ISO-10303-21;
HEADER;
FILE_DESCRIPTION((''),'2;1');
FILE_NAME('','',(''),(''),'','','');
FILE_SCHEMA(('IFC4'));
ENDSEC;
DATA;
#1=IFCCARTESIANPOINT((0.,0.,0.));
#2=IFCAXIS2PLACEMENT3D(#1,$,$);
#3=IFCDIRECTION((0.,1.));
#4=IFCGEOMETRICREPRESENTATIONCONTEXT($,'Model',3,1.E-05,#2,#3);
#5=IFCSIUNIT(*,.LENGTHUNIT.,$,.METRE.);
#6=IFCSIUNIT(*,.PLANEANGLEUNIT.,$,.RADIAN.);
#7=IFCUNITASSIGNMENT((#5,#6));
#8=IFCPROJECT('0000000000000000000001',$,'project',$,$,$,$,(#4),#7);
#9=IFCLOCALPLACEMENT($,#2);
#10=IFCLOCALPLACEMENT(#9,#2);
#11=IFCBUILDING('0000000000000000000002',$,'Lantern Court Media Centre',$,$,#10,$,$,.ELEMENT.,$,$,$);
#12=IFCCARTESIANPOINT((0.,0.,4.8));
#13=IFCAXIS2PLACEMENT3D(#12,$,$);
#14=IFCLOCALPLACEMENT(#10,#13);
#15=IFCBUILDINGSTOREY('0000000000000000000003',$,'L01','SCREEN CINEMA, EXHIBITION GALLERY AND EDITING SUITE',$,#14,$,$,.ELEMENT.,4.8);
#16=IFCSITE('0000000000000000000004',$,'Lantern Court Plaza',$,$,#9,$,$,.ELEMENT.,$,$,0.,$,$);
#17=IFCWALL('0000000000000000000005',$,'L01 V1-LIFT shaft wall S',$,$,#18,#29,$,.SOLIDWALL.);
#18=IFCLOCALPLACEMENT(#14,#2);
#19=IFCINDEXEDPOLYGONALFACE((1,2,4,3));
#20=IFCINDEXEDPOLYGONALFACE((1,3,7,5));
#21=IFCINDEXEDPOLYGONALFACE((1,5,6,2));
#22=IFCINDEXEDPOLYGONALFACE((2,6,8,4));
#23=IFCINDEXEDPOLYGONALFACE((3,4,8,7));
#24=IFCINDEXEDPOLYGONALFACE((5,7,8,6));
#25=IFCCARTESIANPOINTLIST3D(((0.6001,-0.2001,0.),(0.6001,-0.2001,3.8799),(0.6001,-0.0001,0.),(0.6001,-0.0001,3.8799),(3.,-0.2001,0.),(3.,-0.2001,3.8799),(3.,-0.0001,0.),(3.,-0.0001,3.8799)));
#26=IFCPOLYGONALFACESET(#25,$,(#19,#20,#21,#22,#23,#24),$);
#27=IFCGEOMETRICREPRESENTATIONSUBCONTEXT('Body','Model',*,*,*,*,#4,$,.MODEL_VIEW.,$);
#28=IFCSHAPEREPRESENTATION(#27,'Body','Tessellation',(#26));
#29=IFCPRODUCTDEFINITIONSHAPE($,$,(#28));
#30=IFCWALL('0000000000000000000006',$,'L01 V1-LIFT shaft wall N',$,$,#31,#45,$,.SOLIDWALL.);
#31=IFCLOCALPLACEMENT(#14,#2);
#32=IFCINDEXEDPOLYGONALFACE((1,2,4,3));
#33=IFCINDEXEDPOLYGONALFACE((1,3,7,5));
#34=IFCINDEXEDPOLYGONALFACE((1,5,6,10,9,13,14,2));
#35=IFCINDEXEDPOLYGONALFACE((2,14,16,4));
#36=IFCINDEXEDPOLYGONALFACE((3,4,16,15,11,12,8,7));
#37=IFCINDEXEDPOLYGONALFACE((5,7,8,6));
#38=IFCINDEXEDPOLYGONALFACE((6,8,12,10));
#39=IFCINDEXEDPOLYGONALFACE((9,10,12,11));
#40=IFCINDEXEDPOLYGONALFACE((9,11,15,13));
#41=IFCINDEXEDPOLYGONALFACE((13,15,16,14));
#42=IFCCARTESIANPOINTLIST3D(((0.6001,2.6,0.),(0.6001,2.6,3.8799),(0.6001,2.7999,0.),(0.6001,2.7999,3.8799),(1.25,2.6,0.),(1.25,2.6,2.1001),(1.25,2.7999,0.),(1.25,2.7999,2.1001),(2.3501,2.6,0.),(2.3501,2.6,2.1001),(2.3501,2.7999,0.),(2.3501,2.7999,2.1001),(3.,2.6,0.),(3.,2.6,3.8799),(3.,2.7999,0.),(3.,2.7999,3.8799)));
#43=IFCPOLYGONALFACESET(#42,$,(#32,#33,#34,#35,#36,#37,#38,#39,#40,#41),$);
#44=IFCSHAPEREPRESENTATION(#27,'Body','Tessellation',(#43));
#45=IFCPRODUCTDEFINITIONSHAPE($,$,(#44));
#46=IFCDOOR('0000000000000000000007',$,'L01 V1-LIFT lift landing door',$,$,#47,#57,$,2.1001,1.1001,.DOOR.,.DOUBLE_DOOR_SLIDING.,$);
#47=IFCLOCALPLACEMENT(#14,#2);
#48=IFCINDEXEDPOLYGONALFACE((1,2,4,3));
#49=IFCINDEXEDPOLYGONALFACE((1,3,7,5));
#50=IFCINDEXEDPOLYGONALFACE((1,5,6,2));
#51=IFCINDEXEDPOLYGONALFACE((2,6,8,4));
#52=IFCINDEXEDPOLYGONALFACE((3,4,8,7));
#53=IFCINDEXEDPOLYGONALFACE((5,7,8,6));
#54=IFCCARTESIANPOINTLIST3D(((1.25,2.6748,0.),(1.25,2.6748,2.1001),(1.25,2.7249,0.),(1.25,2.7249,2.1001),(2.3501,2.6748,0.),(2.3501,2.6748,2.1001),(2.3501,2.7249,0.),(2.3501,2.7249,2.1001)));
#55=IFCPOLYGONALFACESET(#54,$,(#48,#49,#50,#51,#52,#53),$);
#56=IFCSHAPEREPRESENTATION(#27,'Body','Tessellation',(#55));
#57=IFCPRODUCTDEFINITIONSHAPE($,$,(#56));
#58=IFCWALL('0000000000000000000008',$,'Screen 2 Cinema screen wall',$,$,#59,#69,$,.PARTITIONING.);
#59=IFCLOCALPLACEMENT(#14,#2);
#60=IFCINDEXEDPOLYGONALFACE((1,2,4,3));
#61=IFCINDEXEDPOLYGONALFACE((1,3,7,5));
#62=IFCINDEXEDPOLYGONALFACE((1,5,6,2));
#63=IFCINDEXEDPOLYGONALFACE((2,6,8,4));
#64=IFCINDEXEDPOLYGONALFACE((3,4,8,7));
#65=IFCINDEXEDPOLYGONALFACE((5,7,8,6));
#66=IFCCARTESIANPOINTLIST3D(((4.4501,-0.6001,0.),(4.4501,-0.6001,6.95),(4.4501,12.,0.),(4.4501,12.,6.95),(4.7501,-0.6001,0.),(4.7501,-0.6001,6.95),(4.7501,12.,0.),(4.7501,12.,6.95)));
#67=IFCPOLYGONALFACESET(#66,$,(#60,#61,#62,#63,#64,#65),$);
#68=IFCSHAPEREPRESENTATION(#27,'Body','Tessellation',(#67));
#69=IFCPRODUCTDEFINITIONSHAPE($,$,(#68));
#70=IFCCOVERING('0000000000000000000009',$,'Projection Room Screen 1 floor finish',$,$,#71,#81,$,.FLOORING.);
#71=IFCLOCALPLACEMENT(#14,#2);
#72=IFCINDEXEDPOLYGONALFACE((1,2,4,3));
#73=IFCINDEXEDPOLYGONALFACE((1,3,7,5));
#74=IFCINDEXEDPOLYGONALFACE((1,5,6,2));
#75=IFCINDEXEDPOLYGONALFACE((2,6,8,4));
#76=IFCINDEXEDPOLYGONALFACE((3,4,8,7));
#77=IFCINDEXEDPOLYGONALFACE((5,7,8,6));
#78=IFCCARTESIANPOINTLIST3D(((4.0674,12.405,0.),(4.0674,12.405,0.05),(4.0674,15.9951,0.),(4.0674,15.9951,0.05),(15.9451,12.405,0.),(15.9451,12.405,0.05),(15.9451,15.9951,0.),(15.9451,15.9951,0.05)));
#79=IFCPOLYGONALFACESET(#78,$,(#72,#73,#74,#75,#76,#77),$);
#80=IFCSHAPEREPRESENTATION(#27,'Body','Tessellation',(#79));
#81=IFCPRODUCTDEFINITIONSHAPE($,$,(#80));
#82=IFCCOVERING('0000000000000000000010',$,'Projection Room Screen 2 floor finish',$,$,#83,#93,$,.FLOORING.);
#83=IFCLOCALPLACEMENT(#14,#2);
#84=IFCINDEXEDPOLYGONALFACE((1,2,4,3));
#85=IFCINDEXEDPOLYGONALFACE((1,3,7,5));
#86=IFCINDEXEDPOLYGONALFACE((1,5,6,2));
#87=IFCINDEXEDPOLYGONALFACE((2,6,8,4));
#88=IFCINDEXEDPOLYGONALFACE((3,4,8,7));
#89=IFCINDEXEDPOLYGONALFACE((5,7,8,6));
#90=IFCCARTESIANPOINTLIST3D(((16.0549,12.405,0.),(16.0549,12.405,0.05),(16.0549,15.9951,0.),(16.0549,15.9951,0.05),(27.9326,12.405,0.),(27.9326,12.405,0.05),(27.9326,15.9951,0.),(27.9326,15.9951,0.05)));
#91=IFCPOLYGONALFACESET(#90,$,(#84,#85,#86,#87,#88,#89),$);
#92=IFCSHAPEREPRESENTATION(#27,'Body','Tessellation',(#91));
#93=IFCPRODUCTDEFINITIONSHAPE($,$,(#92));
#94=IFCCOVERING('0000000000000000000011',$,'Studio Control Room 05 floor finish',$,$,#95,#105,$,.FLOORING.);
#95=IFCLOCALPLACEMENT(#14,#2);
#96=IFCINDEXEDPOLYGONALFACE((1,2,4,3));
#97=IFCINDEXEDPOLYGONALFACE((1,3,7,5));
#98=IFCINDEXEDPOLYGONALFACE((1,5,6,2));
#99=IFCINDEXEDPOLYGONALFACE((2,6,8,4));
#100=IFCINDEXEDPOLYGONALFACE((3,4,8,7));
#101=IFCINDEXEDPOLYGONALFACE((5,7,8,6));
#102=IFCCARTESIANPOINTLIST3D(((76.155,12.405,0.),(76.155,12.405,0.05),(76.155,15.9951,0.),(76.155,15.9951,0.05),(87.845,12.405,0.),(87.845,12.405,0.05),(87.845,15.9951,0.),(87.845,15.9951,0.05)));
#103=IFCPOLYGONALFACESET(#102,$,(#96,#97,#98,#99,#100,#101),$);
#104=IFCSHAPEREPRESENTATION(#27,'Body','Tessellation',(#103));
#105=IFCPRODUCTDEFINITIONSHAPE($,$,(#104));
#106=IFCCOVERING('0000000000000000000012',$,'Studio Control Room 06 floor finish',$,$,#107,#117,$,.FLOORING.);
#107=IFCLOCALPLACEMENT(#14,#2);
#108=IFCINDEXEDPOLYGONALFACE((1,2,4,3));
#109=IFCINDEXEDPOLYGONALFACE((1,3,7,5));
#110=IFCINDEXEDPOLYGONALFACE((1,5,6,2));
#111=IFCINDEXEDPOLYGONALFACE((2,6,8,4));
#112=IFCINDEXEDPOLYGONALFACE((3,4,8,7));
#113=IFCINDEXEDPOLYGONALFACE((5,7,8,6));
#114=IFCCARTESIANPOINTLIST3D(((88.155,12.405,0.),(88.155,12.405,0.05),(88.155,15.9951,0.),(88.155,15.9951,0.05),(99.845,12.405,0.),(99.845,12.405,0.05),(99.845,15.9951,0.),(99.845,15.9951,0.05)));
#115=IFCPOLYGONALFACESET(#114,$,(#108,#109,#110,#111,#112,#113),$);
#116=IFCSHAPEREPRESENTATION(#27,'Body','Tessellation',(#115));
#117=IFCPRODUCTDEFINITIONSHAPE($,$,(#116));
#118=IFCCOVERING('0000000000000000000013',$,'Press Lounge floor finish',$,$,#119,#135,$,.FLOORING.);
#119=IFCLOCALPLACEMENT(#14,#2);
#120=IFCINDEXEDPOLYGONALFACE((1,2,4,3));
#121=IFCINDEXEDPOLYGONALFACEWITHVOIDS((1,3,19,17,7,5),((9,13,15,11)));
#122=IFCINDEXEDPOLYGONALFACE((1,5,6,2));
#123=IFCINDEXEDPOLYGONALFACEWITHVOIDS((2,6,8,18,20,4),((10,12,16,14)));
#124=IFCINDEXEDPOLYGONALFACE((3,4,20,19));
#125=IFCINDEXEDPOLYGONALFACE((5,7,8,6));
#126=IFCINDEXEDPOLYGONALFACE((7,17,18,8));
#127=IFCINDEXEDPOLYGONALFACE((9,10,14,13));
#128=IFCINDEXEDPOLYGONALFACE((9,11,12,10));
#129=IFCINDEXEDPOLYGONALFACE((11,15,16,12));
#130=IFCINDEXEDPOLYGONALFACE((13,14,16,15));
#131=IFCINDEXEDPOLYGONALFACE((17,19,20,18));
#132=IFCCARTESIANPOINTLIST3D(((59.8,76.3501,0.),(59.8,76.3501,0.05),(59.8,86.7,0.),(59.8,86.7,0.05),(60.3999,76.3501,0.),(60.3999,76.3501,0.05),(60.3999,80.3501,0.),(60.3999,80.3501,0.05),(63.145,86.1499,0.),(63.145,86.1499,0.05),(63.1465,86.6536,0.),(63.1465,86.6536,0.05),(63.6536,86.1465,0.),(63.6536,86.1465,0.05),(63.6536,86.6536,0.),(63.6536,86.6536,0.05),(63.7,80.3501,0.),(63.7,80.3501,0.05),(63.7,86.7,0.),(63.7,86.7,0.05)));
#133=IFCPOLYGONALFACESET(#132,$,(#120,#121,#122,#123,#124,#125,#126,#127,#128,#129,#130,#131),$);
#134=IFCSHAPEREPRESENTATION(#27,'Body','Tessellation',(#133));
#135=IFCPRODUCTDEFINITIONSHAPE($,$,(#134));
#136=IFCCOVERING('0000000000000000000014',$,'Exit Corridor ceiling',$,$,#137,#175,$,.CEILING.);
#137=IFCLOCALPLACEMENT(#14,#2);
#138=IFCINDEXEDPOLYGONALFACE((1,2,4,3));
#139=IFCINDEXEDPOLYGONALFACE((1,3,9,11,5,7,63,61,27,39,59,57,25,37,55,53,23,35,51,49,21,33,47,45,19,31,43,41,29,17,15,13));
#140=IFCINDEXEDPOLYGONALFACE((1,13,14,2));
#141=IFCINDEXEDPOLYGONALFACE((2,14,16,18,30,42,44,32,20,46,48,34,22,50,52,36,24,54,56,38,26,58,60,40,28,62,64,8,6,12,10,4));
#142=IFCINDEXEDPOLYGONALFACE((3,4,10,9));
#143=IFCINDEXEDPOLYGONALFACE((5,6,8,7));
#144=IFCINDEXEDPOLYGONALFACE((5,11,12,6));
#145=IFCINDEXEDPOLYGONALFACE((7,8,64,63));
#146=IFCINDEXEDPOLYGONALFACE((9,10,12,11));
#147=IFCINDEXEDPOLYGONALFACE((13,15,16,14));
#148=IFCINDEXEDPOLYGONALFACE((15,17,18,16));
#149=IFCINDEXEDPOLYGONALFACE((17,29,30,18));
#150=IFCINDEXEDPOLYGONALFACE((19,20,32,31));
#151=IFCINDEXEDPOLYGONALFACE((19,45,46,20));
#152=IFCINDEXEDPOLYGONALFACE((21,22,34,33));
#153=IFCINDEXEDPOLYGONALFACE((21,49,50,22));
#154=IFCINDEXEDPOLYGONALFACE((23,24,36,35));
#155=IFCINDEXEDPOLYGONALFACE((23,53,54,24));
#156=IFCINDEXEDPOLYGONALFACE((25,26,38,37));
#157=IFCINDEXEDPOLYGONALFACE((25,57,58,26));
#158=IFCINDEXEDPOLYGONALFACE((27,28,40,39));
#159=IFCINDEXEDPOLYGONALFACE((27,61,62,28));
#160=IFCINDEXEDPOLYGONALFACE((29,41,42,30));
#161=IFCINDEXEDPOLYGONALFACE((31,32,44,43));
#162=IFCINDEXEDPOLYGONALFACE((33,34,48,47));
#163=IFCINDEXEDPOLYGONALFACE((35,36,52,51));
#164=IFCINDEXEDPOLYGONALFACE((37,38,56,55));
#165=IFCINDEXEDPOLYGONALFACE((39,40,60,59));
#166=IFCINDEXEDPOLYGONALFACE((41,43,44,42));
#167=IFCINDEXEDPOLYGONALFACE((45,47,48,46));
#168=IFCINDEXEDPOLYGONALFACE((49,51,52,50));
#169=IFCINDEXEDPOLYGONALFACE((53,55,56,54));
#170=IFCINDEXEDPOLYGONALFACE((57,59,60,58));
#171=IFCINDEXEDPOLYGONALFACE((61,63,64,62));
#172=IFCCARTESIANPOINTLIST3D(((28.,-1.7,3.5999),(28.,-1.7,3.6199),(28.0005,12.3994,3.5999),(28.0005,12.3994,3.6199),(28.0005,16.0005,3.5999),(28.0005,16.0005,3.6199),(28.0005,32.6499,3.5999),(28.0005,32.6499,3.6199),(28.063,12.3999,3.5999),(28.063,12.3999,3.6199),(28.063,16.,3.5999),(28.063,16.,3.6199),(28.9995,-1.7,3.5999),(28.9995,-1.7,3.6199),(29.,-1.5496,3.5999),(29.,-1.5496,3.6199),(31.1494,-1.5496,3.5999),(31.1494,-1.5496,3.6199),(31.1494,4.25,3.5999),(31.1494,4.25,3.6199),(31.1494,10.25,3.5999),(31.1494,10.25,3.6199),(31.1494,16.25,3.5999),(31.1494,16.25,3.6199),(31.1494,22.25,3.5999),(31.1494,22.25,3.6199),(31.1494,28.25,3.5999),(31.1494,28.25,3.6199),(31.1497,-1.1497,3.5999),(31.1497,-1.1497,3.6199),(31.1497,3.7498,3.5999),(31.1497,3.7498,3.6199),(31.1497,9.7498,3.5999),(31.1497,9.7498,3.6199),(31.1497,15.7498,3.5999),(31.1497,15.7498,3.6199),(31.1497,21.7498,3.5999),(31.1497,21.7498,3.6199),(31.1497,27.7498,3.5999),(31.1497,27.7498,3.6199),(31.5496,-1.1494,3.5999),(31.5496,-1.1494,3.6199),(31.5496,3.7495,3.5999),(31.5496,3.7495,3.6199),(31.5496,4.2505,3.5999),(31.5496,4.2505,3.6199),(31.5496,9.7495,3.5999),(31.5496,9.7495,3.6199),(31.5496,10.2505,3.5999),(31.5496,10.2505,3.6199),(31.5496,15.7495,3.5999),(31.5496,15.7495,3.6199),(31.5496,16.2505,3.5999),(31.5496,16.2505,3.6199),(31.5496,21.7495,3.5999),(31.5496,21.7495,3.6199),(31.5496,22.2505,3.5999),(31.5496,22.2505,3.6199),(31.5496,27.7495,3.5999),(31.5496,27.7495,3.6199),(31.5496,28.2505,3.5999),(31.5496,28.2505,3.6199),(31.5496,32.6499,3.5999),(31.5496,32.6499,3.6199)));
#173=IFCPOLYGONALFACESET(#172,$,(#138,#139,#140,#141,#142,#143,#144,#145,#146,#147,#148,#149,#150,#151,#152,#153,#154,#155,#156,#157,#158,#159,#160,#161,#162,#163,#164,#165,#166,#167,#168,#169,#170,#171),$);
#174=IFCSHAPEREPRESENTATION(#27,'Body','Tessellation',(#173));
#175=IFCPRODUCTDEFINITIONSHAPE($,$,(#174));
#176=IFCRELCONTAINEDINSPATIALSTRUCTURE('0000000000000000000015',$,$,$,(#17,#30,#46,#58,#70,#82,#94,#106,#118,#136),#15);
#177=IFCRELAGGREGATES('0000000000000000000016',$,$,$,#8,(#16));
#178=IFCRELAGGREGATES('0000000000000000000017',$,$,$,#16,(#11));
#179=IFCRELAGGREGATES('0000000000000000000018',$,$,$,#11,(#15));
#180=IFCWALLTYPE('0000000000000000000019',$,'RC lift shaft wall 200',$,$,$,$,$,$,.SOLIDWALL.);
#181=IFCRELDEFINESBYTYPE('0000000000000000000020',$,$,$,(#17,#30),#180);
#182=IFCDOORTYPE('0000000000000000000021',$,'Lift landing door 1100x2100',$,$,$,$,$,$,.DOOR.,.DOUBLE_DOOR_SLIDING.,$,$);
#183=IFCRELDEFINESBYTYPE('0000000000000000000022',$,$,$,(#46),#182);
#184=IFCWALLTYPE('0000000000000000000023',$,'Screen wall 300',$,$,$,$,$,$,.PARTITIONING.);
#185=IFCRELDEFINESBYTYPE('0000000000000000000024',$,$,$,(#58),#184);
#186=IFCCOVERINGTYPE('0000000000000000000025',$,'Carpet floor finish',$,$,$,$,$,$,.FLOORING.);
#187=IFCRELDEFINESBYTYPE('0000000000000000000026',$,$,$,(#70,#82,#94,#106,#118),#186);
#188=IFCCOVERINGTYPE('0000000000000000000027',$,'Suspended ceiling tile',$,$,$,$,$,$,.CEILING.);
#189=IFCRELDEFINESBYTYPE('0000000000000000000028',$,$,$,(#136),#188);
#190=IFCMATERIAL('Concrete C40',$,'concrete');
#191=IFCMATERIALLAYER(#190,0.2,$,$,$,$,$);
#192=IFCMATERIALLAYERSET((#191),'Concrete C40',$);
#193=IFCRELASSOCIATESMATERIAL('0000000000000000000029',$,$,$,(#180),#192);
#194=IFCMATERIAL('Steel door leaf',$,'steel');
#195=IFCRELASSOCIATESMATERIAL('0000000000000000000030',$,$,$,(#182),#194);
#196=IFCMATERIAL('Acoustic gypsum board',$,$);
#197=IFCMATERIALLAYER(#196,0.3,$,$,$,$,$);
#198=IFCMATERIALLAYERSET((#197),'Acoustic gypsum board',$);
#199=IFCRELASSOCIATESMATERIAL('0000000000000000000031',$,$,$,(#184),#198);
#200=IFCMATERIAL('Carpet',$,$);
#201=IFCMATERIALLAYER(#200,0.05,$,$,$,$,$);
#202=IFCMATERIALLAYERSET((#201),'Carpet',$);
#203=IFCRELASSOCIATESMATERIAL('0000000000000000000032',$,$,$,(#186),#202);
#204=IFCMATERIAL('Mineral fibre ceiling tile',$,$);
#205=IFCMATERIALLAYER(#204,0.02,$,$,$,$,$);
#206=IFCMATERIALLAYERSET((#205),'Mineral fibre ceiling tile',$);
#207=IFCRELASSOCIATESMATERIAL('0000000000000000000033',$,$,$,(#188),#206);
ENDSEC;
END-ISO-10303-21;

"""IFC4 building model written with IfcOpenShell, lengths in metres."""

from ifc_helpers import new_model, si_unit, direction, frame, frame_2d, origin, place, context, subcontext, project, spatial, polyline, rectangle, outline, extrude, material, layer, layer_set, type_object, element, fill, save


model = new_model("IFC4")

# Units and contexts
model_context = context("Model", 3, precision=1e-05, world=origin(), true_north=direction((0.0, 1.0)))
body_context = subcontext(model_context, "Body", "Model", "MODEL_VIEW")
ifc_project = project(units=[si_unit("LENGTHUNIT", "METRE"), si_unit("PLANEANGLEUNIT", "RADIAN")], contexts=[model_context])

# Site, building, storey
site_placement = place(None, origin())
site = spatial("IfcSite", under=ifc_project, at=site_placement, Name="Lantern Court Plaza", CompositionType="ELEMENT", RefElevation=0.0)
building_placement = place(site_placement, origin())
building = spatial("IfcBuilding", under=site, at=building_placement, Name="Lantern Court Media Centre", CompositionType="ELEMENT")
storey_placement = place(building_placement, frame((0.0, 0.0, 4.8)))
storey = spatial("IfcBuildingStorey", under=building, at=storey_placement, Name="L01", Description="SCREEN CINEMA, EXHIBITION GALLERY AND EDITING SUITE", CompositionType="ELEMENT", Elevation=4.8)

# Wall
ifc_material_1 = material(Name="Concrete C40", Category="concrete")
ifc_layer_1 = layer(ifc_material_1, 0.2)
ifc_layer_set_1 = layer_set([ifc_layer_1], Name="Concrete C40")
wall_type_1 = type_object("IfcWallType", Name="RC lift shaft wall 200", PredefinedType="SOLIDWALL", material=ifc_layer_set_1)
wall_1_placement = place(storey_placement, frame((0.6001, -0.1001, 0.0), z_axis=(0.0, 0.0, 1.0), x_axis=(1.0, 0.0, 0.0)))
element("IfcWall", 1, at=wall_1_placement, inside=storey, type_object=wall_type_1, Name="L01 V1-LIFT shaft wall S", PredefinedType="SOLIDWALL", context=body_context, shape_type="SweptSolid", body=[
    extrude(rectangle(XDim=2.3999, YDim=0.2, at=frame_2d((1.2, 0.0))), origin(), (0.0, 0.0, 1.0), 3.8799),
])

# Wall, opening, door
wall_2_placement = place(storey_placement, frame((0.6001, 2.7, 0.0), z_axis=(0.0, 0.0, 1.0), x_axis=(1.0, 0.0, 0.0)))
wall_2 = element("IfcWall", 2, at=wall_2_placement, inside=storey, type_object=wall_type_1, Name="L01 V1-LIFT shaft wall N", PredefinedType="SOLIDWALL", context=body_context, shape_type="SweptSolid", body=[
    extrude(rectangle(XDim=2.3999, YDim=0.2, at=frame_2d((1.2, 0.0))), origin(), (0.0, 0.0, 1.0), 3.8799),
])
opening_placement = place(wall_2_placement, frame((0.6499, 0.0, 0.0)))
opening = element("IfcOpeningElement", 3, at=opening_placement, cuts=wall_2, PredefinedType="OPENING", context=body_context, shape_type="SweptSolid", body=[
    extrude(rectangle(XDim=1.1001, YDim=2.1001, at=frame_2d((0.55, 1.05))), frame((0.0, 0.1099, 0.0), z_axis=(0.0, -1.0, 0.0), x_axis=(1.0, 0.0, 0.0)), (0.0, 0.0, 1.0), 0.22),
])
ifc_material_2 = material(Name="Steel door leaf", Category="steel")
door_type = type_object("IfcDoorType", Name="Lift landing door 1100x2100", OperationType="DOUBLE_DOOR_SLIDING", PredefinedType="DOOR", material=ifc_material_2)
door_placement = place(opening_placement, origin())
door = element("IfcDoor", 4, at=door_placement, inside=storey, type_object=door_type, Name="L01 V1-LIFT lift landing door", OperationType="DOUBLE_DOOR_SLIDING", OverallHeight=2.1001, OverallWidth=1.1001, PredefinedType="DOOR", context=body_context, shape_type="SweptSolid", body=[
    extrude(rectangle(XDim=1.1001, YDim=2.1001, at=frame_2d((0.55, 1.05))), frame((0.0, 0.0249, 0.0), z_axis=(0.0, -1.0, 0.0), x_axis=(1.0, 0.0, 0.0)), (0.0, 0.0, 1.0), 0.05),
])
fill(opening, door)

# Wall
ifc_material_3 = material(Name="Acoustic gypsum board")
ifc_layer_2 = layer(ifc_material_3, 0.3)
ifc_layer_set_2 = layer_set([ifc_layer_2], Name="Acoustic gypsum board")
wall_type_2 = type_object("IfcWallType", Name="Screen wall 300", PredefinedType="PARTITIONING", material=ifc_layer_set_2)
wall_3_placement = place(storey_placement, frame((4.6001, -0.6001, 0.0), z_axis=(0.0, 0.0, 1.0), x_axis=(0.0, 1.0, 0.0)))
element("IfcWall", 5, at=wall_3_placement, inside=storey, type_object=wall_type_2, Name="Screen 2 Cinema screen wall", PredefinedType="PARTITIONING", context=body_context, shape_type="SweptSolid", body=[
    extrude(rectangle(XDim=12.6001, YDim=0.3, at=frame_2d((6.3, 0.0))), origin(), (0.0, 0.0, 1.0), 6.95),
])

# Coverings
ifc_material_4 = material(Name="Carpet")
ifc_layer_3 = layer(ifc_material_4, 0.05)
ifc_layer_set_3 = layer_set([ifc_layer_3], Name="Carpet")
covering_type_1 = type_object("IfcCoveringType", Name="Carpet floor finish", PredefinedType="FLOORING", material=ifc_layer_set_3)
covering_1_placement = place(storey_placement, origin())
element("IfcCovering", 6, at=covering_1_placement, inside=storey, type_object=covering_type_1, Name="Projection Room Screen 1 floor finish", PredefinedType="FLOORING", context=body_context, shape_type="SweptSolid", body=[
    extrude(outline(polyline([(4.0674, 12.405), (4.0674, 15.9951), (15.9451, 15.9951), (15.9451, 12.405), (4.0674, 12.405)])), origin(), (0.0, 0.0, 1.0), 0.05),
])
covering_2_placement = place(storey_placement, origin())
element("IfcCovering", 7, at=covering_2_placement, inside=storey, type_object=covering_type_1, Name="Projection Room Screen 2 floor finish", PredefinedType="FLOORING", context=body_context, shape_type="SweptSolid", body=[
    extrude(outline(polyline([(16.0549, 12.405), (16.0549, 15.9951), (27.9326, 15.9951), (27.9326, 12.405), (16.0549, 12.405)])), origin(), (0.0, 0.0, 1.0), 0.05),
])
covering_3_placement = place(storey_placement, origin())
element("IfcCovering", 8, at=covering_3_placement, inside=storey, type_object=covering_type_1, Name="Studio Control Room 05 floor finish", PredefinedType="FLOORING", context=body_context, shape_type="SweptSolid", body=[
    extrude(outline(polyline([(76.155, 12.405), (76.155, 15.9951), (87.845, 15.9951), (87.845, 12.405), (76.155, 12.405)])), origin(), (0.0, 0.0, 1.0), 0.05),
])
covering_4_placement = place(storey_placement, origin())
element("IfcCovering", 9, at=covering_4_placement, inside=storey, type_object=covering_type_1, Name="Studio Control Room 06 floor finish", PredefinedType="FLOORING", context=body_context, shape_type="SweptSolid", body=[
    extrude(outline(polyline([(88.155, 12.405), (88.155, 15.9951), (99.845, 15.9951), (99.845, 12.405), (88.155, 12.405)])), origin(), (0.0, 0.0, 1.0), 0.05),
])
covering_5_placement = place(storey_placement, origin())
element("IfcCovering", 10, at=covering_5_placement, inside=storey, type_object=covering_type_1, Name="Press Lounge floor finish", PredefinedType="FLOORING", context=body_context, shape_type="SweptSolid", body=[
    extrude(outline(polyline([(59.8, 86.7), (63.7, 86.7), (63.7, 80.3501), (60.3999, 80.3501), (60.3999, 76.3501), (59.8, 76.3501), (59.8, 86.7)]), holes=[polyline([(63.145, 86.1499), (63.6536, 86.1465), (63.6536, 86.6536), (63.1465, 86.6536), (63.145, 86.1499)])]), origin(), (0.0, 0.0, 1.0), 0.05),
])
ifc_material_5 = material(Name="Mineral fibre ceiling tile")
ifc_layer_4 = layer(ifc_material_5, 0.02)
ifc_layer_set_4 = layer_set([ifc_layer_4], Name="Mineral fibre ceiling tile")
covering_type_2 = type_object("IfcCoveringType", Name="Suspended ceiling tile", PredefinedType="CEILING", material=ifc_layer_set_4)
covering_6_placement = place(storey_placement, frame((0.0, 0.0, 3.5999)))
element("IfcCovering", 11, at=covering_6_placement, inside=storey, type_object=covering_type_2, Name="Exit Corridor ceiling", PredefinedType="CEILING", context=body_context, shape_type="SweptSolid", body=[
    extrude(outline(polyline([(31.5496, 32.6499), (31.5496, 28.2505), (31.1494, 28.25), (31.1497, 27.7498), (31.5496, 27.7495), (31.5496, 22.2505), (31.1494, 22.25), (31.1497, 21.7498), (31.5496, 21.7495), (31.5496, 16.2505), (31.1494, 16.25), (31.1497, 15.7498), (31.5496, 15.7495), (31.5496, 10.2505), (31.1494, 10.25), (31.1497, 9.7498), (31.5496, 9.7495), (31.5496, 4.2505), (31.1494, 4.25), (31.1497, 3.7498), (31.5496, 3.7495), (31.5496, -1.1494), (31.1497, -1.1497), (31.1494, -1.5496), (29.0, -1.5496), (28.9995, -1.7), (28.0, -1.7), (28.0005, 12.3994), (28.063, 12.3999), (28.063, 16.0), (28.0005, 16.0005), (28.0005, 32.6499), (31.5496, 32.6499)])), origin(), (0.0, 0.0, 1.0), 0.02),
])

save(model, "model.ifc")
